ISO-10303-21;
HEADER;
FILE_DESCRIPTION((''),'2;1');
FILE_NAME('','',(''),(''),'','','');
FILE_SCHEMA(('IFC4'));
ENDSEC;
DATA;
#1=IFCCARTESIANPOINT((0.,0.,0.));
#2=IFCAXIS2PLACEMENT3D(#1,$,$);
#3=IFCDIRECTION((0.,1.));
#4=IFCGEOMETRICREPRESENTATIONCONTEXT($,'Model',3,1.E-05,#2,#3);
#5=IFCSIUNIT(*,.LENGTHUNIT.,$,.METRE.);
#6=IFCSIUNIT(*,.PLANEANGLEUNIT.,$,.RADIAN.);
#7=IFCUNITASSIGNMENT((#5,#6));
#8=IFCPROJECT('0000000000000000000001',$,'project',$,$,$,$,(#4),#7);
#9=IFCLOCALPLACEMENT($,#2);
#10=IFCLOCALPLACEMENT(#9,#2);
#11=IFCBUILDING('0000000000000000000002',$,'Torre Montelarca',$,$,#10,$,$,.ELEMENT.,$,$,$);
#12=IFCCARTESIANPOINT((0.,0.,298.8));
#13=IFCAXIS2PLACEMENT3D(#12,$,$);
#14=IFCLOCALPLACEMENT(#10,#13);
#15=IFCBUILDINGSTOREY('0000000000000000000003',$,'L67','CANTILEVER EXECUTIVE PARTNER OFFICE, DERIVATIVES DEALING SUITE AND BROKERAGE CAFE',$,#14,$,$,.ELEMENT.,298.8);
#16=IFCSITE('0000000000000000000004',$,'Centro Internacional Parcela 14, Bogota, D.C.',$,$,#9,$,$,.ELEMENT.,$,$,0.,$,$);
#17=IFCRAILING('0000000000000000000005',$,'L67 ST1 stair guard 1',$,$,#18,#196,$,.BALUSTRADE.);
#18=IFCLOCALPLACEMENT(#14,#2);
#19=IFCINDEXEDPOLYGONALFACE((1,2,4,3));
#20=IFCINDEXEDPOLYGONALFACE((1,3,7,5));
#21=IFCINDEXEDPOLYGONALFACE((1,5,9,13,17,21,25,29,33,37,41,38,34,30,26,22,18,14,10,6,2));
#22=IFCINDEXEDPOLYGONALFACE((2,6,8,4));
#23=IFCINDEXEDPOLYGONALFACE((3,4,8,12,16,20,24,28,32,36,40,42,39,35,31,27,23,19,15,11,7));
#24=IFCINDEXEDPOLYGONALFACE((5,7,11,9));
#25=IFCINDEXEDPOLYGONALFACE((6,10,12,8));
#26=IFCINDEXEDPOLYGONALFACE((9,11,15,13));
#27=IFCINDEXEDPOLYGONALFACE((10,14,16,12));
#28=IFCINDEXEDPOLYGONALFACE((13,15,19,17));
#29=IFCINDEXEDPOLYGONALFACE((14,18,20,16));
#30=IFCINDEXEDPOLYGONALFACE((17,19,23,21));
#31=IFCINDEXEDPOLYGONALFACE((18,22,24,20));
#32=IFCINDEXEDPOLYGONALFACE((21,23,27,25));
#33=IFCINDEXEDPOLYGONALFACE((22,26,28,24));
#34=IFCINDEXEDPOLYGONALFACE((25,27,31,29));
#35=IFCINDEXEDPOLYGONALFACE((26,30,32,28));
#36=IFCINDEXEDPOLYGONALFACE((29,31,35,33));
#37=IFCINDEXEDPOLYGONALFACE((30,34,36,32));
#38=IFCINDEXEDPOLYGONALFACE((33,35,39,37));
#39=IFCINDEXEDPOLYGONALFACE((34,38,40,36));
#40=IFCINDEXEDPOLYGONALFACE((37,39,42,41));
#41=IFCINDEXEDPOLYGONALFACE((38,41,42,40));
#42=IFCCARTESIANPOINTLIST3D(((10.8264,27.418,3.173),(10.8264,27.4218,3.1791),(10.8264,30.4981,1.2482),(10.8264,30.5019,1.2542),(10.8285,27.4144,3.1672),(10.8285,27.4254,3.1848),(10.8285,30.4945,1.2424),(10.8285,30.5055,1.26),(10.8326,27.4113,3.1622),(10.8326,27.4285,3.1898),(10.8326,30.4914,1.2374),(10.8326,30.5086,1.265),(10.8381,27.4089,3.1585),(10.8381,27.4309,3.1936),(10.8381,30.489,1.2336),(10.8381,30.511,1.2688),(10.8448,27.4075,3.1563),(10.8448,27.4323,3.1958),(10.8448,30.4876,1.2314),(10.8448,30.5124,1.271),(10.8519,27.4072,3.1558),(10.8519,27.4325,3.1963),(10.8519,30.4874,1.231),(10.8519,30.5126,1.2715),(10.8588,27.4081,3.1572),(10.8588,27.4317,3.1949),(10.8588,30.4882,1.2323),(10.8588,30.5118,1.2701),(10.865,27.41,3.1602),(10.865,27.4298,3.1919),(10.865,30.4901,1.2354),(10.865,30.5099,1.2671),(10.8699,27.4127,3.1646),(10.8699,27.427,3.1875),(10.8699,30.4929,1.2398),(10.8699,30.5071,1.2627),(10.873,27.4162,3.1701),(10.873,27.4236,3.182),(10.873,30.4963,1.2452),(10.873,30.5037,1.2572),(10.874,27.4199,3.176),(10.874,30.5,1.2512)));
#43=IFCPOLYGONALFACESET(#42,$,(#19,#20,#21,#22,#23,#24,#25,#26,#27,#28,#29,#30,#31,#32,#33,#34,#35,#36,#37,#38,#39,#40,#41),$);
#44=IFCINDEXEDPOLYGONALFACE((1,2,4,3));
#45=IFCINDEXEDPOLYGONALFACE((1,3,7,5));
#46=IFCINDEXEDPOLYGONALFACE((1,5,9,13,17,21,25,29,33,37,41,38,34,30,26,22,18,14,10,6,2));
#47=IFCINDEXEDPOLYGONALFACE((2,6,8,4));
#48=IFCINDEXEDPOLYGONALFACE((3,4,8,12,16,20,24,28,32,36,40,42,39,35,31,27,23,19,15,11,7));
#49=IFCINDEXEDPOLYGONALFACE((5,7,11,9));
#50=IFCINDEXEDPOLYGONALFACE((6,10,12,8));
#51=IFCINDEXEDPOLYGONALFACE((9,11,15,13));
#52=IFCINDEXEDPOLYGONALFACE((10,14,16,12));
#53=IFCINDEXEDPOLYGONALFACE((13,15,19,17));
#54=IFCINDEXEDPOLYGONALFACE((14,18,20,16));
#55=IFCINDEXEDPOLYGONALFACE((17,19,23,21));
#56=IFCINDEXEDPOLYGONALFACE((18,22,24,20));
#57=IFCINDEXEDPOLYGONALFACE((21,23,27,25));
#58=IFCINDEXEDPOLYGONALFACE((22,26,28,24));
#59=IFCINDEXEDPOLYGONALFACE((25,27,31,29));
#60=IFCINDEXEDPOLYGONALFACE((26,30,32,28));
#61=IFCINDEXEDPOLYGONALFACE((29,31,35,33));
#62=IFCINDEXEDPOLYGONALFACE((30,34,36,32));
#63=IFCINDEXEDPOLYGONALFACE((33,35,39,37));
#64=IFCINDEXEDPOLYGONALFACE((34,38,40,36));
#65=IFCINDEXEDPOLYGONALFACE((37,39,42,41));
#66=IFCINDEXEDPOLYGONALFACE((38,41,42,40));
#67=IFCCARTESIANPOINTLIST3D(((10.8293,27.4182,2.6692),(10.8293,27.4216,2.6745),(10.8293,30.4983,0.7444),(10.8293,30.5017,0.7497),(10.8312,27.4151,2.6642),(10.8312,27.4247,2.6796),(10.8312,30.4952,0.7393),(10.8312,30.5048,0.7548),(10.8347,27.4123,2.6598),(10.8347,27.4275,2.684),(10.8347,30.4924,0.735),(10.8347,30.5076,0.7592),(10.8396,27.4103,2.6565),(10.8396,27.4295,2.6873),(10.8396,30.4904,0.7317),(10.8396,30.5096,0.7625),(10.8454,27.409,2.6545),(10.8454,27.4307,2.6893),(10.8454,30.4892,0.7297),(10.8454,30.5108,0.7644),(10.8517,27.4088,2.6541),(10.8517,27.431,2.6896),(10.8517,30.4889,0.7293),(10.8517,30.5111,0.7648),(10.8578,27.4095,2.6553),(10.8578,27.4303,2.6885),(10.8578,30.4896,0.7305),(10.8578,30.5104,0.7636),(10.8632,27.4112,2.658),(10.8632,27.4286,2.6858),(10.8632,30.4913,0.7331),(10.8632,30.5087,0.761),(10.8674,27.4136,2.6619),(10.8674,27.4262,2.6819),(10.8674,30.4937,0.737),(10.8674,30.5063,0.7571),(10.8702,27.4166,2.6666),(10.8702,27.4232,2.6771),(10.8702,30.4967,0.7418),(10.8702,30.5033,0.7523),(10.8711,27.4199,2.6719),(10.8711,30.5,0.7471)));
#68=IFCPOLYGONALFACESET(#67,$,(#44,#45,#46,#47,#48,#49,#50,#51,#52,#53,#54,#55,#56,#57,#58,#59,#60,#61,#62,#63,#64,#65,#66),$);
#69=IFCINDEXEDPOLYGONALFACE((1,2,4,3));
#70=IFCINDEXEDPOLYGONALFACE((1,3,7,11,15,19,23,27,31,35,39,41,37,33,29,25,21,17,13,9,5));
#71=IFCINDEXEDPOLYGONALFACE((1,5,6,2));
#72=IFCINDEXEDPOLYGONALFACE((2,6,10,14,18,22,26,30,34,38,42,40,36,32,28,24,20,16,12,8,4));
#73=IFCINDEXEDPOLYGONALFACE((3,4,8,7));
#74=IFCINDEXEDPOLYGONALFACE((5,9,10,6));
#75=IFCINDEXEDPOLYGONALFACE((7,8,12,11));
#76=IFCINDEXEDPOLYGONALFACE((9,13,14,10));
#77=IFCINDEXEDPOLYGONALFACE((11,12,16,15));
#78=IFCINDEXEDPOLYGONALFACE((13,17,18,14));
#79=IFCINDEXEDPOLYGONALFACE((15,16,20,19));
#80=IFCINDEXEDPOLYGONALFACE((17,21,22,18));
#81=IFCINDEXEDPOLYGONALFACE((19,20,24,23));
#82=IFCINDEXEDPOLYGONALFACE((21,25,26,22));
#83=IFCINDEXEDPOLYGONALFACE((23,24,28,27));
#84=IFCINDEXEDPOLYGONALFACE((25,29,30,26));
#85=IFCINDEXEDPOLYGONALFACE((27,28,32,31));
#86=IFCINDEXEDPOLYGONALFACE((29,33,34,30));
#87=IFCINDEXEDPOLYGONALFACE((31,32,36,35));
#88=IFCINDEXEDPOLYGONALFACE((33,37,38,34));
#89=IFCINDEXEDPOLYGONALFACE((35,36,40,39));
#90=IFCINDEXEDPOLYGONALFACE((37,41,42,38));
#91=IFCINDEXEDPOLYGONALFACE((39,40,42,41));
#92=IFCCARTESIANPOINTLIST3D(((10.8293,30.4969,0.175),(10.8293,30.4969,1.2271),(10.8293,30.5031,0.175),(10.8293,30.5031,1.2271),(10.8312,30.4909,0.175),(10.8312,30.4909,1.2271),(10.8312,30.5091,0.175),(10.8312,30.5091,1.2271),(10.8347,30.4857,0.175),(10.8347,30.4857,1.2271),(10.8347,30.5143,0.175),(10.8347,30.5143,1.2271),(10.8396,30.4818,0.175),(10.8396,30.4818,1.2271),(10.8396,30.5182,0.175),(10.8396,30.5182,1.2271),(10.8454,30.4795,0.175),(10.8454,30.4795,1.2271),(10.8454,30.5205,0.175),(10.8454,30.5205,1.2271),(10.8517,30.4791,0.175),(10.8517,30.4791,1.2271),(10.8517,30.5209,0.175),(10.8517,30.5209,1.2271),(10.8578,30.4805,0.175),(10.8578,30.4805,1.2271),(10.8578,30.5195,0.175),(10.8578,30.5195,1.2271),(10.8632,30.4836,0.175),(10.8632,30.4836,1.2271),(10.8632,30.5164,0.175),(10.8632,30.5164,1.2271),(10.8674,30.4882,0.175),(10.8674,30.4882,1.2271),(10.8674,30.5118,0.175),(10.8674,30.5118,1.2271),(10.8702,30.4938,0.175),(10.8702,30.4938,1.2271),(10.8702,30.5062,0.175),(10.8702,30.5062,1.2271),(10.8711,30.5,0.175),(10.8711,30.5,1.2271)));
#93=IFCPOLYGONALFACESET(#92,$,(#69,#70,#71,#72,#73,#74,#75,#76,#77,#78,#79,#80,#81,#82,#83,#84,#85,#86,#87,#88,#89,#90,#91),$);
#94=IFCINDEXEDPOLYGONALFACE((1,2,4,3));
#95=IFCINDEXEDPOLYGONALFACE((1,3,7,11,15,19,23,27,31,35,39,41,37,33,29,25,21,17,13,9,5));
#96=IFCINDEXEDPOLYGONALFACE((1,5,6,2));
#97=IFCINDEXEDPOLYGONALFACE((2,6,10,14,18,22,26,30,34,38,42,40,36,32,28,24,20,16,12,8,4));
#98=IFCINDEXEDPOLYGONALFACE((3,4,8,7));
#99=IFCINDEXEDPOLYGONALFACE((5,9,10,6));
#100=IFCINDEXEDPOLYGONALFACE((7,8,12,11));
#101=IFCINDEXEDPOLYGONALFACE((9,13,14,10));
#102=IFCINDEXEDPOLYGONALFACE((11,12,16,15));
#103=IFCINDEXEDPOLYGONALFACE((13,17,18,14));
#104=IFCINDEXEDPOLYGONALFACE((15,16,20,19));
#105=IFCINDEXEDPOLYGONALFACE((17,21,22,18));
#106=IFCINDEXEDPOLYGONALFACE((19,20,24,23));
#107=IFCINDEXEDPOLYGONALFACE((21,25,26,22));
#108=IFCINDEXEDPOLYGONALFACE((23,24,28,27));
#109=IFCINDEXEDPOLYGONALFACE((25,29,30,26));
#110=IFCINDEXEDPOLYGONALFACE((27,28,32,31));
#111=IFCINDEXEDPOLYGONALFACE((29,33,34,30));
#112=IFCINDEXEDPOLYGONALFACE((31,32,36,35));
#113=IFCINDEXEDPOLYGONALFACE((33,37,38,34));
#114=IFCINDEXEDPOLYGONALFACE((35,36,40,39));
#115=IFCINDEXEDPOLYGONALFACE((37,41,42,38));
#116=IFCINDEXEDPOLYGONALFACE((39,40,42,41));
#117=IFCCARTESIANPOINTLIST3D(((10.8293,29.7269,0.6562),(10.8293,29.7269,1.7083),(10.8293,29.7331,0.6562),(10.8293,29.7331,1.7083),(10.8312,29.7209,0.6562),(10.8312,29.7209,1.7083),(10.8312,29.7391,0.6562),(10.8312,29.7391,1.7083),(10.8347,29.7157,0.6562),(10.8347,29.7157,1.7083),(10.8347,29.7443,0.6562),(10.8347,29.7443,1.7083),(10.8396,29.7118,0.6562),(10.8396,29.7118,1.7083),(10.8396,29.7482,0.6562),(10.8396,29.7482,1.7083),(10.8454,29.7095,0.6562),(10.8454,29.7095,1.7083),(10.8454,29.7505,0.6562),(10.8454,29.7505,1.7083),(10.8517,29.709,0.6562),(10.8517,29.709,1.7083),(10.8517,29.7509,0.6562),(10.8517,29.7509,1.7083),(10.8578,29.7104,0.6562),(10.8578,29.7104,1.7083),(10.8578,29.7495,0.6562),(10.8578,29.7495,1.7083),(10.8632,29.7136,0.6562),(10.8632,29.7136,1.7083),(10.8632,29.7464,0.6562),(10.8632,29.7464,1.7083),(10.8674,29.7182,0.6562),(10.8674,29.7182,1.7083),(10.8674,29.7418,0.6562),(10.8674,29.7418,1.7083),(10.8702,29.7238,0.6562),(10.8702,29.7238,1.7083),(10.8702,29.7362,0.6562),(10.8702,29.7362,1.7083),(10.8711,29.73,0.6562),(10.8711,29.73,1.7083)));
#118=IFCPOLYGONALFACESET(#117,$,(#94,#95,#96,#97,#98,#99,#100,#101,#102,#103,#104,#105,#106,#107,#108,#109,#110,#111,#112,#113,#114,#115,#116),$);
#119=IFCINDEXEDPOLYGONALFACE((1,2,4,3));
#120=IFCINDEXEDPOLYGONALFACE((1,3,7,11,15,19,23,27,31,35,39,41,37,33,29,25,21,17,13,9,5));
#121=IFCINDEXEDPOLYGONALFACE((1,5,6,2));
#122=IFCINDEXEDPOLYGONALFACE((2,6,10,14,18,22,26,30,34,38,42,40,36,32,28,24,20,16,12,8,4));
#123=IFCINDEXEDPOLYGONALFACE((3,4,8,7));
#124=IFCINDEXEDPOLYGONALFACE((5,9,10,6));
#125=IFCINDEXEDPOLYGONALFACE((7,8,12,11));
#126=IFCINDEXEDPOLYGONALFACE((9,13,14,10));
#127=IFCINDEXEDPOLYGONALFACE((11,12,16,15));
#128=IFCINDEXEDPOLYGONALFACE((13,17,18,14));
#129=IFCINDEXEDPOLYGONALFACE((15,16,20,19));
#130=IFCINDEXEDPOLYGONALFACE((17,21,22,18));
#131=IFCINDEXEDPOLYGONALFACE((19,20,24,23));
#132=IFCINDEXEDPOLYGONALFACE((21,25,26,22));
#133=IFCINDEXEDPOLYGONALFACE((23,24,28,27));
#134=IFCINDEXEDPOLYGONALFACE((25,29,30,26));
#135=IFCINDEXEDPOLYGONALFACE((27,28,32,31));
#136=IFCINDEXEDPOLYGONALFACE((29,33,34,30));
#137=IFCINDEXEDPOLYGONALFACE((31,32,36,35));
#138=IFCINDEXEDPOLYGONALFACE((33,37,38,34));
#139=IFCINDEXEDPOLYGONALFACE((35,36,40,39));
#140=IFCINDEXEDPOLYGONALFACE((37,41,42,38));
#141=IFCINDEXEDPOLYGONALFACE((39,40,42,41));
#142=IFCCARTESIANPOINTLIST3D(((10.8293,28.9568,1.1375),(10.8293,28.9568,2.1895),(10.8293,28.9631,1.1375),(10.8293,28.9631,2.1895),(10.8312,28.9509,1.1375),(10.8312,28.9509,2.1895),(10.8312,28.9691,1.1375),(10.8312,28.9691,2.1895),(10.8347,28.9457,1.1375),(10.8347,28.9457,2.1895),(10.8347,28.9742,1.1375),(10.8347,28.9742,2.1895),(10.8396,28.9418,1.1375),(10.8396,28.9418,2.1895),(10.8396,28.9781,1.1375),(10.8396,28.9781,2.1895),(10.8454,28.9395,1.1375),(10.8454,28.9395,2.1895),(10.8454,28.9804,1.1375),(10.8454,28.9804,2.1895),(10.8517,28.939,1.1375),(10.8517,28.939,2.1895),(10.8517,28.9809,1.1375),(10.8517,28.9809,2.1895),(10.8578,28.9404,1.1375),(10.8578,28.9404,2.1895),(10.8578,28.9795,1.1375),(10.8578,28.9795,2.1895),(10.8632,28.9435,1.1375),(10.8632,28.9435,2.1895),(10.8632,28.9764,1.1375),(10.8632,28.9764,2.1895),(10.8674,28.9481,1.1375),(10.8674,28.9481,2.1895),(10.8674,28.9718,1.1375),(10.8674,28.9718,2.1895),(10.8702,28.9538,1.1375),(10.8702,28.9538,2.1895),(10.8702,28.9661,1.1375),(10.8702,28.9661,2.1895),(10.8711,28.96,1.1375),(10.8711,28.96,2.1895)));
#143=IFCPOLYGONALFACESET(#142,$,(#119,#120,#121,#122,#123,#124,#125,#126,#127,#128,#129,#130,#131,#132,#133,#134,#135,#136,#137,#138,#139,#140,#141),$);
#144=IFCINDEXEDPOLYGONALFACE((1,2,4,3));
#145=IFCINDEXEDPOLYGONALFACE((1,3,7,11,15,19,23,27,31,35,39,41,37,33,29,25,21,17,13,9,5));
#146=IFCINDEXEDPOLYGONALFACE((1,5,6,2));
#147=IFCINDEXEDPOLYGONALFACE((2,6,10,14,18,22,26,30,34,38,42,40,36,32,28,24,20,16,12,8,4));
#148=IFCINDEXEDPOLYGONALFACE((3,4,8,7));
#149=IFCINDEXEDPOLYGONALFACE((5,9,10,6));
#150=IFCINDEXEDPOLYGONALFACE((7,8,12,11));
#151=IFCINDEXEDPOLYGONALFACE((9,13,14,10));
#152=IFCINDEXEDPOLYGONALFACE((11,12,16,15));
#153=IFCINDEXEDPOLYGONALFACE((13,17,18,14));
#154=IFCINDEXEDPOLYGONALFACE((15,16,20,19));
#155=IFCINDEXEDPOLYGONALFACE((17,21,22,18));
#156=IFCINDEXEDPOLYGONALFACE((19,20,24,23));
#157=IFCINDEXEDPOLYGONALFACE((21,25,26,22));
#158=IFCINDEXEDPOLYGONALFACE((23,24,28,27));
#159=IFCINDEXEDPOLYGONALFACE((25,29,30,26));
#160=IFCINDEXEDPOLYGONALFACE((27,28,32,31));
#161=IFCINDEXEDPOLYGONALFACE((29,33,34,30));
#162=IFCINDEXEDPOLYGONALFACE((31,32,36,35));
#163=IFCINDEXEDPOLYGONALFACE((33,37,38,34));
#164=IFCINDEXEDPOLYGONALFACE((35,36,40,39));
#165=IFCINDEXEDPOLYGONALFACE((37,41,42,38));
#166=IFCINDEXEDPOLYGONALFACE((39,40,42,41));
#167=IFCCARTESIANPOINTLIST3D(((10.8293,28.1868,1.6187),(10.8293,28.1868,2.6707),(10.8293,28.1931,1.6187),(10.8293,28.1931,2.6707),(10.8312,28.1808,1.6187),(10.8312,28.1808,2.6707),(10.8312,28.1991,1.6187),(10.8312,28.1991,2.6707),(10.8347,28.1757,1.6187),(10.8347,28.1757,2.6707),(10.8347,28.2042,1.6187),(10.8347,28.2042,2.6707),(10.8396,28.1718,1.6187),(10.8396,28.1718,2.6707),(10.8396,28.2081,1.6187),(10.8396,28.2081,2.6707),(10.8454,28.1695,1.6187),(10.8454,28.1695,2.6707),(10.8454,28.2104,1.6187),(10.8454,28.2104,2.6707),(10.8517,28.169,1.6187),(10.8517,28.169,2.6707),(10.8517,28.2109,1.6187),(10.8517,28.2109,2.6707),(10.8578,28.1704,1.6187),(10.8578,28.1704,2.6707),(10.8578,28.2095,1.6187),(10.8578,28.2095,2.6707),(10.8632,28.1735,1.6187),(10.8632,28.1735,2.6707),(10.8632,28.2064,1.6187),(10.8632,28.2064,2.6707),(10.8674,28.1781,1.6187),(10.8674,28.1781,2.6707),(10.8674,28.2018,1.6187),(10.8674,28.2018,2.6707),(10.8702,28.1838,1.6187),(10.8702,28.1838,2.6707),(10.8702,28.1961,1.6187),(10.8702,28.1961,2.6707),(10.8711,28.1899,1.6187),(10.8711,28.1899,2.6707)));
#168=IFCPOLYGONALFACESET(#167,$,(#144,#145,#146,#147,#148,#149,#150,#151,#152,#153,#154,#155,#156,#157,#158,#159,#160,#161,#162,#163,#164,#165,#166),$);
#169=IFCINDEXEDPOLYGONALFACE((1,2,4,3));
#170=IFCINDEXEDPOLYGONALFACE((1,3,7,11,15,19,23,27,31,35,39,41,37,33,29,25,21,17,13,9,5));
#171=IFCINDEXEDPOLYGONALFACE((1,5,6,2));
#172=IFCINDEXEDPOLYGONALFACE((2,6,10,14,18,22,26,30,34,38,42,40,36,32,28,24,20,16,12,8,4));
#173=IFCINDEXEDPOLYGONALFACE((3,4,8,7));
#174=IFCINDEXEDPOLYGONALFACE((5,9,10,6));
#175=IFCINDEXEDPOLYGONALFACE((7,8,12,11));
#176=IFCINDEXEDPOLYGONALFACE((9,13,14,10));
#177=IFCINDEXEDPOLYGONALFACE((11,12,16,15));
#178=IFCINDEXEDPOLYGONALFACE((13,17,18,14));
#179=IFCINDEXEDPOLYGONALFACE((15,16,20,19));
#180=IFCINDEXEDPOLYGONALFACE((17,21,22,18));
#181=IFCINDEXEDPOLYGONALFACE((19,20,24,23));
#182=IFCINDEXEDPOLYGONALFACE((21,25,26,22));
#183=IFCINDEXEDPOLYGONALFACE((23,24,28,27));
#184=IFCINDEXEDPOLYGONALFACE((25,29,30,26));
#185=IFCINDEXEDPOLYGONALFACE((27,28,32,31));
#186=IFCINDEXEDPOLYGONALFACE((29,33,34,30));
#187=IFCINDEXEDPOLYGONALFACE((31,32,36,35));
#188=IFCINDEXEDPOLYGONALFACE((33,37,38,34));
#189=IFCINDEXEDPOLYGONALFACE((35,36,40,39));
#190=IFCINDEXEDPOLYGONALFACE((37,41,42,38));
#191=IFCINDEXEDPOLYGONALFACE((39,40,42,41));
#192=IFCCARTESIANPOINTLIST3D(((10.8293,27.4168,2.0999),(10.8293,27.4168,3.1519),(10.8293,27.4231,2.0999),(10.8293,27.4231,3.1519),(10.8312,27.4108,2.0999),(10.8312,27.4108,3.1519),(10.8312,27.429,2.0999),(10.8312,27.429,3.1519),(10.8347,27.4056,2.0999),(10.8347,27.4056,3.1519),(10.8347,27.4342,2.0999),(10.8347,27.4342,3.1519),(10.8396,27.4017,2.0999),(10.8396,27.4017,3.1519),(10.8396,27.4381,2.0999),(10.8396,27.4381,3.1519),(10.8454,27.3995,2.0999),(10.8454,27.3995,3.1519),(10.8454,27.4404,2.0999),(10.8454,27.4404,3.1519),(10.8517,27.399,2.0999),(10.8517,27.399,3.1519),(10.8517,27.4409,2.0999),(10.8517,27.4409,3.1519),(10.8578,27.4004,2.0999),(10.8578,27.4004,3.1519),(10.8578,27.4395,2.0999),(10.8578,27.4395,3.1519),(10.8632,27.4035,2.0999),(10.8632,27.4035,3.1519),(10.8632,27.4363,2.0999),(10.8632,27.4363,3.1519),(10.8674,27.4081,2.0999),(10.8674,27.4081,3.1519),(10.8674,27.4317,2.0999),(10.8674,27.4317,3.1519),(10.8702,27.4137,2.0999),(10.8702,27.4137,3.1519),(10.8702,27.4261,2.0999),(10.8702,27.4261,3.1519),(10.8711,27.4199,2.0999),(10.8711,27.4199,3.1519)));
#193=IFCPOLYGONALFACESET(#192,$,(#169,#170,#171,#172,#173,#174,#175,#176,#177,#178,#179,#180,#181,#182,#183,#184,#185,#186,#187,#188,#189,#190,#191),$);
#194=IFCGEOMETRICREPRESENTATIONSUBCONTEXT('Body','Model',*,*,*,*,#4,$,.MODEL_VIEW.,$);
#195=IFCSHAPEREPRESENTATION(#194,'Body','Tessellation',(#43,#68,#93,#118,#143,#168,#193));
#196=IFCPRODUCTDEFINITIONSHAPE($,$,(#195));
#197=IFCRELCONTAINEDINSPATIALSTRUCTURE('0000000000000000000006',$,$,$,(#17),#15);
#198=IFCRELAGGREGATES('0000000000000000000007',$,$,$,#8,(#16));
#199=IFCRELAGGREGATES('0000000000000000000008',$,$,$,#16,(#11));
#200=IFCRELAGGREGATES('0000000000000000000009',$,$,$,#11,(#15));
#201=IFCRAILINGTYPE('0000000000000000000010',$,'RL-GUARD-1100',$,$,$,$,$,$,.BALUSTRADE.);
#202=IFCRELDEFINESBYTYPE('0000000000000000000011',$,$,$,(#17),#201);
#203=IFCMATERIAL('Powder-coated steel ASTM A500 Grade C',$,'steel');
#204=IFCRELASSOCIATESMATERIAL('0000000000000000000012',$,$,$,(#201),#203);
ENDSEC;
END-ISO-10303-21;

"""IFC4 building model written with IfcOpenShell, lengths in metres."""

from ifc_helpers import new_model, si_unit, direction, frame, origin, origin_2d, place, context, subcontext, project, spatial, circle, extrude, material, type_object, element, save


model = new_model("IFC4")

# Units and contexts
model_context = context("Model", 3, precision=1e-05, world=origin(), true_north=direction((0.0, 1.0)))
body_context = subcontext(model_context, "Body", "Model", "MODEL_VIEW")
ifc_project = project(units=[si_unit("LENGTHUNIT", "METRE"), si_unit("PLANEANGLEUNIT", "RADIAN")], contexts=[model_context])

# Site, building, storey
site_placement = place(None, origin())
site = spatial("IfcSite", under=ifc_project, at=site_placement, Name="Centro Internacional Parcela 14, Bogota, D.C.", CompositionType="ELEMENT", RefElevation=0.0)
building_placement = place(site_placement, origin())
building = spatial("IfcBuilding", under=site, at=building_placement, Name="Torre Montelarca", CompositionType="ELEMENT")
storey_placement = place(building_placement, frame((0.0, 0.0, 298.8)))
storey = spatial("IfcBuildingStorey", under=building, at=storey_placement, Name="L67", Description="CANTILEVER EXECUTIVE PARTNER OFFICE, DERIVATIVES DEALING SUITE AND BROKERAGE CAFE", CompositionType="ELEMENT", Elevation=298.8)

# Railing
ifc_material_1 = material(Name="Powder-coated steel ASTM A500 Grade C", Category="steel")
railing_type_1 = type_object("IfcRailingType", Name="RL-GUARD-1100", PredefinedType="BALUSTRADE", material=ifc_material_1)
railing_1_placement = place(storey_placement, frame((10.8501, 30.5, 0.175)))
element("IfcRailing", 1, at=railing_1_placement, inside=storey, type_object=railing_type_1, Name="L67 ST1 stair guard 1", PredefinedType="BALUSTRADE", context=body_context, shape_type="SweptSolid", body=[
    extrude(circle(Radius=0.0239, at=origin_2d()), frame((0.0, 0.0, 1.0762), z_axis=(0.0, -0.848029, 0.529951), x_axis=(1.0, 0.0, 0.0)), (0.0, 0.0, 1.0), 3.6321),
    extrude(circle(Radius=0.021, at=origin_2d()), frame((0.0, 0.0, 0.572), z_axis=(0.0, -0.848029, 0.529951), x_axis=(1.0, 0.0, 0.0)), (0.0, 0.0, 1.0), 3.6321),
    extrude(circle(Radius=0.021, at=origin_2d()), origin(), (0.0, 0.0, 1.0), 1.052),
    extrude(circle(Radius=0.021, at=origin_2d()), frame((0.0, -0.77, 0.4812)), (0.0, 0.0, 1.0), 1.052),
    extrude(circle(Radius=0.021, at=origin_2d()), frame((0.0, -1.54, 0.9624)), (0.0, 0.0, 1.0), 1.052),
    extrude(circle(Radius=0.021, at=origin_2d()), frame((0.0, -2.3101, 1.4436)), (0.0, 0.0, 1.0), 1.052),
    extrude(circle(Radius=0.021, at=origin_2d()), frame((0.0, -3.0801, 1.9248)), (0.0, 0.0, 1.0), 1.052),
])

save(model, "model.ifc")
